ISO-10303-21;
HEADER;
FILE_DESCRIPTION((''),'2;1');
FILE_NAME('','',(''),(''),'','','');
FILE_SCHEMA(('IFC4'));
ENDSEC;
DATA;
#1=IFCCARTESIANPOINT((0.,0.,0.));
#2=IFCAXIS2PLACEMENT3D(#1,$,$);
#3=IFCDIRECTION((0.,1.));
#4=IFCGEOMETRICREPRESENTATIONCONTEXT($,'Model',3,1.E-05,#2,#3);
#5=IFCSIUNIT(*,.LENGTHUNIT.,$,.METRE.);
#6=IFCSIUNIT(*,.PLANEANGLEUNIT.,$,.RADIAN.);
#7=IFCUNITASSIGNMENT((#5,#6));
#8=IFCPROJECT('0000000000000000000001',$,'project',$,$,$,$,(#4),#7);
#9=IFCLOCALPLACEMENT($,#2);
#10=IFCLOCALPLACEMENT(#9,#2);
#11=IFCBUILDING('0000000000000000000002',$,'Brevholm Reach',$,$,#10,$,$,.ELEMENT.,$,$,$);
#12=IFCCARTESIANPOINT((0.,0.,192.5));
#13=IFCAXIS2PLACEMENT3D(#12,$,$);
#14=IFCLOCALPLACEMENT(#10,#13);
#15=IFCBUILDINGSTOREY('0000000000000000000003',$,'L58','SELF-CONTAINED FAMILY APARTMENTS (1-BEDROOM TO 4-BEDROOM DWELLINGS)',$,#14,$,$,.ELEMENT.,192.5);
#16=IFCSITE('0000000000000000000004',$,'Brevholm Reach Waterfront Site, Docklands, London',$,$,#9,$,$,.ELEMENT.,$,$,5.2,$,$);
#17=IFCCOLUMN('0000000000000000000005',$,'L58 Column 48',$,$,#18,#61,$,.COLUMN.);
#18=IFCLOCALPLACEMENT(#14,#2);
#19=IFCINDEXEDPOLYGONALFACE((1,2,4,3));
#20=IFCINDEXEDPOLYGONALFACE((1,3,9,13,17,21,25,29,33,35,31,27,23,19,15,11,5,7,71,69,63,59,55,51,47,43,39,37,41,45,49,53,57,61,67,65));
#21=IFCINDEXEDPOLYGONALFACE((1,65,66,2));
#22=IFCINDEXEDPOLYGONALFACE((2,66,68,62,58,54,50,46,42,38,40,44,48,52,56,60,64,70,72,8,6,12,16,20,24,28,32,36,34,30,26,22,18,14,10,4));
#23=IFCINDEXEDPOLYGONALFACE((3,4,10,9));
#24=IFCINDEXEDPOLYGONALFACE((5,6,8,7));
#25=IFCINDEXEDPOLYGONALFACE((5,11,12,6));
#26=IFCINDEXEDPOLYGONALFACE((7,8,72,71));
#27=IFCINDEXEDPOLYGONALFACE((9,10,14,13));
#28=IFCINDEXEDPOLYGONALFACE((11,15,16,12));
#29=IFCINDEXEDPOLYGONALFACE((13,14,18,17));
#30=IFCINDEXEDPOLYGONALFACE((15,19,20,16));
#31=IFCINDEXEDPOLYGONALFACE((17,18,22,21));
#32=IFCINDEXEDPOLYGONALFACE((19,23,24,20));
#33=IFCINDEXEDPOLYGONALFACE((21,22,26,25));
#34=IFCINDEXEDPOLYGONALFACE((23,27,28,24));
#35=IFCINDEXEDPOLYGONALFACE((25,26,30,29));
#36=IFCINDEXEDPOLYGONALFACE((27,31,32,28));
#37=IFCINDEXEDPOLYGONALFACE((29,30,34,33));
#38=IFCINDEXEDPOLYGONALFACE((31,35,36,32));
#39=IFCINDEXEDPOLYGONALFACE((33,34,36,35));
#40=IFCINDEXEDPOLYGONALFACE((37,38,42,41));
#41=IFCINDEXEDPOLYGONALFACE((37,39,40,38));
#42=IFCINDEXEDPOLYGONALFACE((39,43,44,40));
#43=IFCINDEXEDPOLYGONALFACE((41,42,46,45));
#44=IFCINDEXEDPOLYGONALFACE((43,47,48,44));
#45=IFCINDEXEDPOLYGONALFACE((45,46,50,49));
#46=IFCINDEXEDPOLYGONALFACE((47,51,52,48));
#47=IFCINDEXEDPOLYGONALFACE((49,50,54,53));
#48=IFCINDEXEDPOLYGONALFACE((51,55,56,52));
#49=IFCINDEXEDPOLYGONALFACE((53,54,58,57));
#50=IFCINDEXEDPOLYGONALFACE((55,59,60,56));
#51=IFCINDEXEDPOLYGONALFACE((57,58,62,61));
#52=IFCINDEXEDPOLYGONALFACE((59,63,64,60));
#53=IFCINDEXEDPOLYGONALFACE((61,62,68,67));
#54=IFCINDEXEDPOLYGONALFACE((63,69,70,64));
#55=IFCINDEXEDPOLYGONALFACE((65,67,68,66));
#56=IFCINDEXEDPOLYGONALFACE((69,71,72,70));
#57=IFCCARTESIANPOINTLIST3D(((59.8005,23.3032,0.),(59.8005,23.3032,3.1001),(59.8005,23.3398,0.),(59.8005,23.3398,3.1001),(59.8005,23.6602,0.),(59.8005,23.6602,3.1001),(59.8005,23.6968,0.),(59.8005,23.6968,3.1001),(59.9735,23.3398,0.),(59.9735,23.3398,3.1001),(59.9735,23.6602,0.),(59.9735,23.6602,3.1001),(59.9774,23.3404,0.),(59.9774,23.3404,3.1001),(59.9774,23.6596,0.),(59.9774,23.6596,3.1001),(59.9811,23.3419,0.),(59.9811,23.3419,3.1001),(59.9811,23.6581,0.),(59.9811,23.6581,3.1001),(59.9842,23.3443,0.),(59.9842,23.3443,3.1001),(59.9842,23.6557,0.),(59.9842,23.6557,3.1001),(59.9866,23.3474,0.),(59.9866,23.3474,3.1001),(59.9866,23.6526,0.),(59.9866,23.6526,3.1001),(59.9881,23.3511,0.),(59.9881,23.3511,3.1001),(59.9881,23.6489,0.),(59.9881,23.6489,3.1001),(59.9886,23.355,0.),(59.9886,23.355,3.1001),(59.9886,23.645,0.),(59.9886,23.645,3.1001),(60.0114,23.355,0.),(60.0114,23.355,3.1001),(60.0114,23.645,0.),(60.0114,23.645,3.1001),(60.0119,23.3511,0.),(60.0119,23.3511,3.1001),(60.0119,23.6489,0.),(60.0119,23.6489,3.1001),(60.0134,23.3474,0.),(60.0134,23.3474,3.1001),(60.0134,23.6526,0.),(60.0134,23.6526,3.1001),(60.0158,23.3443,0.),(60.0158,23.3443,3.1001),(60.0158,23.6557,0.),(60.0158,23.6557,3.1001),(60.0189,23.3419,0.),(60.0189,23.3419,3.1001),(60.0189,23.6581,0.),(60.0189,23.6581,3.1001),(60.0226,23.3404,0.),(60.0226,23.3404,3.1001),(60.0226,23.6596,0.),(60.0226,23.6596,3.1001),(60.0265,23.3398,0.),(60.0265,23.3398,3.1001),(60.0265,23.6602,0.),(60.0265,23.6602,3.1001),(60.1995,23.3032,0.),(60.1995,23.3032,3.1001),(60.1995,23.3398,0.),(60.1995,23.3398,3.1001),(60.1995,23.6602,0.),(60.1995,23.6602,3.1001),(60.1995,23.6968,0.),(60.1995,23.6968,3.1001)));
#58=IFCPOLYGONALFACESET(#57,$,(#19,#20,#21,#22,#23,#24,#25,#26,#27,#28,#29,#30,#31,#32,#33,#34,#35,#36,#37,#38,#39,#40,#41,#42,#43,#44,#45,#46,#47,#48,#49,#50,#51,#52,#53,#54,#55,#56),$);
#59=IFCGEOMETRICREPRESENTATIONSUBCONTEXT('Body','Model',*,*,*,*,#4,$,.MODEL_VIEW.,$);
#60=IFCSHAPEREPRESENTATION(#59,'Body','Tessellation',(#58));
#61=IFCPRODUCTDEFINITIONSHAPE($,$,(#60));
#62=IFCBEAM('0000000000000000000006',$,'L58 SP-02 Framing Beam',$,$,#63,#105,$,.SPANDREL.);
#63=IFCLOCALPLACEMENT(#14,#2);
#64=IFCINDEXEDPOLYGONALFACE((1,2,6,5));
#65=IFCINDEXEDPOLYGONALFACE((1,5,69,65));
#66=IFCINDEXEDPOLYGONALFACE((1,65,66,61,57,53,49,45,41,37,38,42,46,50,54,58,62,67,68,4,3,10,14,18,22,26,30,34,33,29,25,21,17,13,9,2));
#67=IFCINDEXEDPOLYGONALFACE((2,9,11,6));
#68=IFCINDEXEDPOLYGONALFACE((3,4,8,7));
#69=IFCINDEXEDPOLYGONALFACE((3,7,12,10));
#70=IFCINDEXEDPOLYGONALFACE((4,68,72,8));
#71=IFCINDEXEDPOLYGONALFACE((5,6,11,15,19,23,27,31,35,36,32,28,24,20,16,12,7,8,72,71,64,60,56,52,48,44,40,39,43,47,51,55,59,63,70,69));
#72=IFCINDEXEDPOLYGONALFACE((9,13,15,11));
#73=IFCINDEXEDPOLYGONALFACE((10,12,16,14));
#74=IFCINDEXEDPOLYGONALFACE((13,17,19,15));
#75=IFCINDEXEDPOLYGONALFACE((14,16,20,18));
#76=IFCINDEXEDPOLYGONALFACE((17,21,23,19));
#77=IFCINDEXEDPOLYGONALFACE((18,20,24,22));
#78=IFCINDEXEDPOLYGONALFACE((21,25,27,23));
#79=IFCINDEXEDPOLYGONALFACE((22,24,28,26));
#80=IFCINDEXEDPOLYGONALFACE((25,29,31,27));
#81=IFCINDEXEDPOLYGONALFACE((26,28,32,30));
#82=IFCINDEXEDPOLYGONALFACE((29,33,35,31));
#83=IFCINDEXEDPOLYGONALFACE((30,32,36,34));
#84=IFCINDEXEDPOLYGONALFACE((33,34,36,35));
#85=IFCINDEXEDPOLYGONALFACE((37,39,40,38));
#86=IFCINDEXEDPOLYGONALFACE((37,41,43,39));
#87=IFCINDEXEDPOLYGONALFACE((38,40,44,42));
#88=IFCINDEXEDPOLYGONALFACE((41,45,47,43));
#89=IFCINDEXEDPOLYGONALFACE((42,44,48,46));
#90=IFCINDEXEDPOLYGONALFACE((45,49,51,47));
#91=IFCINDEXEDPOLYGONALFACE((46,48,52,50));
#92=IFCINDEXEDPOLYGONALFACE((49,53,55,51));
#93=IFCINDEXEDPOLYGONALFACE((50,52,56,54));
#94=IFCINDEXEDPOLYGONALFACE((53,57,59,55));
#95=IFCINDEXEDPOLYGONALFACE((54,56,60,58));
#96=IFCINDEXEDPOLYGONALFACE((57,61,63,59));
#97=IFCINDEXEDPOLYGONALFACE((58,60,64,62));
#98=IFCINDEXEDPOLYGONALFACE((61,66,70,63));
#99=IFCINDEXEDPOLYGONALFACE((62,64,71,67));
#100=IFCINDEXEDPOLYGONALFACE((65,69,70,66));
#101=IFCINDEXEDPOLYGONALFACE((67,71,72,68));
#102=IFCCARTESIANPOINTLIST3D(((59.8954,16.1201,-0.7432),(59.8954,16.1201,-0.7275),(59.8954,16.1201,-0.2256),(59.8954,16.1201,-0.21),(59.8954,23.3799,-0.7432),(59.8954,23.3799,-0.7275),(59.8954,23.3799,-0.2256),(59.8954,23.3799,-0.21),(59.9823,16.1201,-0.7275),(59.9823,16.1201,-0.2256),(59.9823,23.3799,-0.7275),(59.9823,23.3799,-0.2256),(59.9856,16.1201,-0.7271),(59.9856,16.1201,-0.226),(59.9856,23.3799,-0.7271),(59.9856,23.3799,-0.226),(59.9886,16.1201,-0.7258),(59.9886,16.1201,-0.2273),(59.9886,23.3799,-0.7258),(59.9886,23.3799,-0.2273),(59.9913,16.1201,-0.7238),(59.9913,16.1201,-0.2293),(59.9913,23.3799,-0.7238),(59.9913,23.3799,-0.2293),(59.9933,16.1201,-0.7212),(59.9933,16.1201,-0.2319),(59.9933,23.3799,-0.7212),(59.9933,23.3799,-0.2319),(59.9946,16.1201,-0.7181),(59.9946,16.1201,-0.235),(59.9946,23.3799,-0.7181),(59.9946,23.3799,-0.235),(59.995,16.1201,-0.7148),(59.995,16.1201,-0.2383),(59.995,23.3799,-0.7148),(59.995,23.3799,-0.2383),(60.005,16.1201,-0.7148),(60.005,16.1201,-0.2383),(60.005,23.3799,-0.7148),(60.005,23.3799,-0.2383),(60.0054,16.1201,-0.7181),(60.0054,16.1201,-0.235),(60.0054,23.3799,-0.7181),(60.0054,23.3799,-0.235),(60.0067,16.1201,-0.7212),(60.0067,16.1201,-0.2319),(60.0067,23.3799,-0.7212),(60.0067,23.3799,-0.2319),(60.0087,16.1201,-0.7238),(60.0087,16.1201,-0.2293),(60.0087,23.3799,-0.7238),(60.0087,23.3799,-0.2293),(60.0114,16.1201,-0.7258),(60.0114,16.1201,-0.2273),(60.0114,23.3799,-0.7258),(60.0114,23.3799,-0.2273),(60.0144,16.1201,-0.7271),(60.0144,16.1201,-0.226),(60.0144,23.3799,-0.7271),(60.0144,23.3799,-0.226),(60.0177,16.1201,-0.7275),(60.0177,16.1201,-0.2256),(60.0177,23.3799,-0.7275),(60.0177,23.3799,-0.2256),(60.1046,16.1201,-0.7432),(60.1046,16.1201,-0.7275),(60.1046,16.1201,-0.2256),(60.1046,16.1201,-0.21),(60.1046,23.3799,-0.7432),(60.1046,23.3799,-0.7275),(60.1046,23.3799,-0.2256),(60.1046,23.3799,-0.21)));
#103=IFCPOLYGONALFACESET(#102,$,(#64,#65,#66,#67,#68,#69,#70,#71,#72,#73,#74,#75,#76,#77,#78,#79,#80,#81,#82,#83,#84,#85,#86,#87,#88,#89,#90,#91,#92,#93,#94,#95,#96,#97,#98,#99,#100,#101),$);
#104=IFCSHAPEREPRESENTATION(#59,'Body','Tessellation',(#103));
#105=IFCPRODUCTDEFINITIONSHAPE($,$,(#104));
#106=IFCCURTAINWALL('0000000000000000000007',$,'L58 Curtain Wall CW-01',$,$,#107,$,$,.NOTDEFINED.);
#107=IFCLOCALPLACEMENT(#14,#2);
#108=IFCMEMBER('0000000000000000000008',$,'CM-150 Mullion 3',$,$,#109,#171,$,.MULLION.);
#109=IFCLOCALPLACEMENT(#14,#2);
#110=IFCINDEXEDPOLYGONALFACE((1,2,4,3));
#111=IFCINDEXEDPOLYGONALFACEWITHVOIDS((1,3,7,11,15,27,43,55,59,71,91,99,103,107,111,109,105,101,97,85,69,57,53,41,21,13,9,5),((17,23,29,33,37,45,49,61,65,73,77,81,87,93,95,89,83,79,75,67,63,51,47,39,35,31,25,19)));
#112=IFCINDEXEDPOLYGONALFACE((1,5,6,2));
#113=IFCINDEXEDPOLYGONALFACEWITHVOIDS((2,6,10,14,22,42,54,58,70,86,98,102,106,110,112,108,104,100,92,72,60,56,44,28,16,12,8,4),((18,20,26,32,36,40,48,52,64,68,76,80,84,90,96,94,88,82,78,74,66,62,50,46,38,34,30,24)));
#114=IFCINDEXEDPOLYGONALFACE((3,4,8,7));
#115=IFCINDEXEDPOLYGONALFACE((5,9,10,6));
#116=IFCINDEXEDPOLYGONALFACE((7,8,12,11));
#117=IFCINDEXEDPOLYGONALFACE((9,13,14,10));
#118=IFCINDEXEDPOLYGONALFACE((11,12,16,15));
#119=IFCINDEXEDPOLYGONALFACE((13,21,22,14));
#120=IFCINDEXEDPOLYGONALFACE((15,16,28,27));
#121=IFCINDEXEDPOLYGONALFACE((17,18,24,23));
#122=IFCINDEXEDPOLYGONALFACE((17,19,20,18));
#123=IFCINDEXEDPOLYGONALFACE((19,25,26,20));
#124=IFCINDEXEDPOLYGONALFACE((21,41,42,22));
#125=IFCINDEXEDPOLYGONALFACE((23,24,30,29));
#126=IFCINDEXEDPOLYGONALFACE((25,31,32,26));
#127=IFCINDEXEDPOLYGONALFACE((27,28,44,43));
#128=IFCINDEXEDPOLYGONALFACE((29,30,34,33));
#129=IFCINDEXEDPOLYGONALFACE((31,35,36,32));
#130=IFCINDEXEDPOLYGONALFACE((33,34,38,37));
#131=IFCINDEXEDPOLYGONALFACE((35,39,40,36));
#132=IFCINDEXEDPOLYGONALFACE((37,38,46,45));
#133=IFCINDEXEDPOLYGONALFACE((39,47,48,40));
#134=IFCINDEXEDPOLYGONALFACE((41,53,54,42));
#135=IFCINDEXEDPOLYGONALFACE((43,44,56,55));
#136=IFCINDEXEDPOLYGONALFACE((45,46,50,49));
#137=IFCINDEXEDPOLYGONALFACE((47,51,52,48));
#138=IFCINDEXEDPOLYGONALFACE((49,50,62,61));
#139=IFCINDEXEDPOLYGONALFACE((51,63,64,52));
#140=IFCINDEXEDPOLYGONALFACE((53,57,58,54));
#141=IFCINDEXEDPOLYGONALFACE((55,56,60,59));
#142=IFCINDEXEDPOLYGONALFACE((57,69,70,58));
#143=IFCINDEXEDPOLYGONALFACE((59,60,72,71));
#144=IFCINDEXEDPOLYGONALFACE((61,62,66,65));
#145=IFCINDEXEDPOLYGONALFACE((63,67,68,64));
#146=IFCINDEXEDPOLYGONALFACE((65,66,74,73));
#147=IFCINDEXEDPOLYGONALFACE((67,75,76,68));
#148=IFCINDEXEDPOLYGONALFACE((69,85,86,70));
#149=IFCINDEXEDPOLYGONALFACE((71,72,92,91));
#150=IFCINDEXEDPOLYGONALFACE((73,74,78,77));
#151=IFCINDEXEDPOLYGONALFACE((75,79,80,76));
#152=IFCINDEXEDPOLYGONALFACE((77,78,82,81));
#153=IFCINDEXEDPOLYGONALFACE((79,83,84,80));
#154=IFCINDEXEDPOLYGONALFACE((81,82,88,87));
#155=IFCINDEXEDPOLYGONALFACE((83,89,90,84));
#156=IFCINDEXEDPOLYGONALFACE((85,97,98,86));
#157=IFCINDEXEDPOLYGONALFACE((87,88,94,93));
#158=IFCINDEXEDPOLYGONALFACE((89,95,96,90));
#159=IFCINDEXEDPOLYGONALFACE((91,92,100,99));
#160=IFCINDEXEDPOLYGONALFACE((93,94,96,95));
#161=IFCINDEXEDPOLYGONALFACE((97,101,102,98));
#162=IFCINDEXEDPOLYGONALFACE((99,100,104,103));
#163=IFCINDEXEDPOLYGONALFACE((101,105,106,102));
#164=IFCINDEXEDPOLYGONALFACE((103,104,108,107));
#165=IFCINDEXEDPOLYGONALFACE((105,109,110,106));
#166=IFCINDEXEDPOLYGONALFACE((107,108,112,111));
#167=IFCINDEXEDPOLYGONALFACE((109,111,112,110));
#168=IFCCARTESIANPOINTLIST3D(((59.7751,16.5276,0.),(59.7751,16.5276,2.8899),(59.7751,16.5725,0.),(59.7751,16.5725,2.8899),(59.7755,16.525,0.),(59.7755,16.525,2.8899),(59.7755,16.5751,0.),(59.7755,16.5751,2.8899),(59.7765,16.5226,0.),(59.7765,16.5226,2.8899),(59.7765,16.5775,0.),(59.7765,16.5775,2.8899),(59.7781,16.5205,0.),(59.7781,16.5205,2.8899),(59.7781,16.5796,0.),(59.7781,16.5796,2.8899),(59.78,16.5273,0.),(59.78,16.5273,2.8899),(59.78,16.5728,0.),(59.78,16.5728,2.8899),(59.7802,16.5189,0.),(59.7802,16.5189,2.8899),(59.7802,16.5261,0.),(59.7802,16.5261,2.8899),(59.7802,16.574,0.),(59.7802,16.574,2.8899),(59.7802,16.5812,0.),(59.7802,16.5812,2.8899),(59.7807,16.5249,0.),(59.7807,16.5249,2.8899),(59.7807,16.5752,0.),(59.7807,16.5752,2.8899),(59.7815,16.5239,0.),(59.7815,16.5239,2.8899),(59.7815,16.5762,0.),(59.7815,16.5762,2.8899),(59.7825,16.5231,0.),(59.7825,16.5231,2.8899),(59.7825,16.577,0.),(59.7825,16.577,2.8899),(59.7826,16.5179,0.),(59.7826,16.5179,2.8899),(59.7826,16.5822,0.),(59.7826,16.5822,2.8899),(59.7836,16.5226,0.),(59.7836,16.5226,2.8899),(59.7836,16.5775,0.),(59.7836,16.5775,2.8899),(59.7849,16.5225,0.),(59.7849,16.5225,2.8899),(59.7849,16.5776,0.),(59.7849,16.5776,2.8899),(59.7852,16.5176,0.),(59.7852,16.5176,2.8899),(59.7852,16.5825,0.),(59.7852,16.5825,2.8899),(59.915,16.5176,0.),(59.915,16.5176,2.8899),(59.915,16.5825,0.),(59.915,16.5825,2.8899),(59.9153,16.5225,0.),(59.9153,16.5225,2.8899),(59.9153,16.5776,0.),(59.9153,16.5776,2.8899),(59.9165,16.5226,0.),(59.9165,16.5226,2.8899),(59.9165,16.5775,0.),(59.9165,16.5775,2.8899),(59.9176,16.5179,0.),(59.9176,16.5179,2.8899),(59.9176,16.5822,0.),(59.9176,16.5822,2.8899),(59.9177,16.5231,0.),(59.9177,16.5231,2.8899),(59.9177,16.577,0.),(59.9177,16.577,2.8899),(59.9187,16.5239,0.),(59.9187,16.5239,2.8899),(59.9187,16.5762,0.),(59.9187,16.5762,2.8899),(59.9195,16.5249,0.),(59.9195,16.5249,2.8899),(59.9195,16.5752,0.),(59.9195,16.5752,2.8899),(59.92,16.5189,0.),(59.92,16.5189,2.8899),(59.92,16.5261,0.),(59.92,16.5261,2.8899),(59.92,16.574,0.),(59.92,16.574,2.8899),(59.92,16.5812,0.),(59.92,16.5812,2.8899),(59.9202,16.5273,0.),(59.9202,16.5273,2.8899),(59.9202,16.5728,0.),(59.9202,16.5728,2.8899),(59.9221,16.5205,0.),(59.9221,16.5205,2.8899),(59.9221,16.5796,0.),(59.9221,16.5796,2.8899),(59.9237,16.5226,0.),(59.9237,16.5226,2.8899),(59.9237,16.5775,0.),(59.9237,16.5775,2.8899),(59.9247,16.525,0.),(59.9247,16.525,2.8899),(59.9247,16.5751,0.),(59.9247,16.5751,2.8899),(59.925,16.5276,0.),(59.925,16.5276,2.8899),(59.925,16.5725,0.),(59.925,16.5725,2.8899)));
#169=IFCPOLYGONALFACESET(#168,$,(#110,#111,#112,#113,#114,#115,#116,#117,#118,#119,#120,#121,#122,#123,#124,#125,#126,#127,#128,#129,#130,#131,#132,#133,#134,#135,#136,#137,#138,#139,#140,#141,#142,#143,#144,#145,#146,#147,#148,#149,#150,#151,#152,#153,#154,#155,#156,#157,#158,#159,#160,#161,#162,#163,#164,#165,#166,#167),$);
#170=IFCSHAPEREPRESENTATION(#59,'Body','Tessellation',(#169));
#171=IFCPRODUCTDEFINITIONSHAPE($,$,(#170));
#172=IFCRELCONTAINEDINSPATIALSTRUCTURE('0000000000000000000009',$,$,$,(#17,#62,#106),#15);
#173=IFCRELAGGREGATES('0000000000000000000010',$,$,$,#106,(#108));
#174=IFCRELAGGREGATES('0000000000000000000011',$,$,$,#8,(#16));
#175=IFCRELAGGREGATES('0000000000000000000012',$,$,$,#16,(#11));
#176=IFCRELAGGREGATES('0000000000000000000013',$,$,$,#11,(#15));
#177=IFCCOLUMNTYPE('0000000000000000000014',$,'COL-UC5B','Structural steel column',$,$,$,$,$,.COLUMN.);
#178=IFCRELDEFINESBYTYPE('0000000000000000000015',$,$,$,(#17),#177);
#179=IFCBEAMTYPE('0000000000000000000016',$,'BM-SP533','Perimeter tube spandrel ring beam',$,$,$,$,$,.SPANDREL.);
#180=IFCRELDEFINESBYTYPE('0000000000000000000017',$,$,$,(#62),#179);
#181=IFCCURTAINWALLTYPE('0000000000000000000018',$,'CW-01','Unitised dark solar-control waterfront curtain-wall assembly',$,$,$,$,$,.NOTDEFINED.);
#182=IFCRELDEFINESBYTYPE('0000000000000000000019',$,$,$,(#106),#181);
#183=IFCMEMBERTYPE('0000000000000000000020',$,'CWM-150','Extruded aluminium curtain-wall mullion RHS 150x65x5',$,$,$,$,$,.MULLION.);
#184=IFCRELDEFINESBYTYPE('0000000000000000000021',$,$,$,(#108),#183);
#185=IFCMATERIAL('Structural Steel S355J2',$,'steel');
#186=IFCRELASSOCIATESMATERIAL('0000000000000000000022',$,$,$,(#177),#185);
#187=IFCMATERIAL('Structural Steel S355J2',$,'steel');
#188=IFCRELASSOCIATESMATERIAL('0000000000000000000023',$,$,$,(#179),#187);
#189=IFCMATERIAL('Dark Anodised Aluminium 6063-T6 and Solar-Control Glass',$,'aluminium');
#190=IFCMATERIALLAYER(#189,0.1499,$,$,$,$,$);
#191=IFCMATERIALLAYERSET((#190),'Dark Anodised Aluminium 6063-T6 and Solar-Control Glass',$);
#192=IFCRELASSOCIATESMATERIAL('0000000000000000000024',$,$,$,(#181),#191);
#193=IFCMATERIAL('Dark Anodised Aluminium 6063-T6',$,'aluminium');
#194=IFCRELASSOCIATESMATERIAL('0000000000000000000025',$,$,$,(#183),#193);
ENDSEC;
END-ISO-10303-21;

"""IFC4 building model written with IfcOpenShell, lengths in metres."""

from ifc_helpers import new_model, si_unit, direction, frame, origin, origin_2d, place, context, subcontext, project, spatial, hollow_rectangle, i_section, extrude, material, layer, layer_set, material_profile, profile_set, type_object, element, aggregate, save


model = new_model("IFC4")

# Units and contexts
model_context = context("Model", 3, precision=1e-05, world=origin(), true_north=direction((0.0, 1.0)))
body_context = subcontext(model_context, "Body", "Model", "MODEL_VIEW")
ifc_project = project(units=[si_unit("LENGTHUNIT", "METRE"), si_unit("PLANEANGLEUNIT", "RADIAN")], contexts=[model_context])

# Site, building, storey
site_placement = place(None, origin())
site = spatial("IfcSite", under=ifc_project, at=site_placement, Name="Brevholm Reach Waterfront Site, Docklands, London", CompositionType="ELEMENT", RefElevation=5.2)
building_placement = place(site_placement, origin())
building = spatial("IfcBuilding", under=site, at=building_placement, Name="Brevholm Reach", CompositionType="ELEMENT")
storey_placement = place(building_placement, frame((0.0, 0.0, 192.5)))
storey = spatial("IfcBuildingStorey", under=building, at=storey_placement, Name="L58", Description="SELF-CONTAINED FAMILY APARTMENTS (1-BEDROOM TO 4-BEDROOM DWELLINGS)", CompositionType="ELEMENT", Elevation=192.5)

# Column
ifc_material_1 = material(Name="Structural Steel S355J2", Category="steel")
ifc_material_profile_1 = material_profile(ifc_material_1, i_section(OverallWidth=0.3989, OverallDepth=0.3936, WebThickness=0.0227, FlangeThickness=0.0366, FilletRadius=0.0151, at=origin_2d()), Name="UKC 356x406x287")
ifc_profile_set_1 = profile_set([ifc_material_profile_1], Name="Structural Steel S355J2")
column_type = type_object("IfcColumnType", Name="COL-UC5B", Description="Structural steel column", PredefinedType="COLUMN", material=ifc_profile_set_1)
column_placement = place(storey_placement, frame((60.0, 23.5, 0.0), z_axis=(0.0, 0.0, 1.0), x_axis=(1.0, 0.0, 0.0)))
element("IfcColumn", 1, at=column_placement, inside=storey, type_object=column_type, Name="L58 Column 48", PredefinedType="COLUMN", context=body_context, shape_type="SweptSolid", body=[
    extrude(i_section(OverallWidth=0.3989, OverallDepth=0.3936, WebThickness=0.0227, FlangeThickness=0.0366, FilletRadius=0.0151, at=origin_2d()), origin(), (0.0, 0.0, 1.0), 3.1001),
])

# Beam
ifc_material_2 = material(Name="Structural Steel S355J2", Category="steel")
ifc_material_profile_2 = material_profile(ifc_material_2, i_section(OverallWidth=0.2092, OverallDepth=0.5332, WebThickness=0.01, FlangeThickness=0.0156, FilletRadius=0.0127, at=origin_2d()), Name="UKB 533x210x92")
ifc_profile_set_2 = profile_set([ifc_material_profile_2], Name="Structural Steel S355J2")
beam_type = type_object("IfcBeamType", Name="BM-SP533", Description="Perimeter tube spandrel ring beam", PredefinedType="SPANDREL", material=ifc_profile_set_2)
beam_placement = place(storey_placement, frame((60.0, 16.1201, -0.4766), z_axis=(0.0, 1.0, 0.0), x_axis=(-1.0, 0.0, 0.0)))
element("IfcBeam", 2, at=beam_placement, inside=storey, type_object=beam_type, Name="L58 SP-02 Framing Beam", PredefinedType="SPANDREL", context=body_context, shape_type="SweptSolid", body=[
    extrude(i_section(OverallWidth=0.2092, OverallDepth=0.5332, WebThickness=0.01, FlangeThickness=0.0156, FilletRadius=0.0127, at=origin_2d()), origin(), (0.0, 0.0, 1.0), 7.2598),
])

# Curtain wall, member
ifc_material_3 = material(Name="Dark Anodised Aluminium 6063-T6 and Solar-Control Glass", Category="aluminium")
ifc_layer_1 = layer(ifc_material_3, 0.1499)
ifc_layer_set_1 = layer_set([ifc_layer_1], Name="Dark Anodised Aluminium 6063-T6 and Solar-Control Glass")
curtain_wall_type = type_object("IfcCurtainWallType", Name="CW-01", Description="Unitised dark solar-control waterfront curtain-wall assembly", PredefinedType="NOTDEFINED", material=ifc_layer_set_1)
curtain_wall_placement = place(storey_placement, origin())
curtain_wall = element("IfcCurtainWall", 3, at=curtain_wall_placement, inside=storey, type_object=curtain_wall_type, Name="L58 Curtain Wall CW-01", PredefinedType="NOTDEFINED")
ifc_material_4 = material(Name="Dark Anodised Aluminium 6063-T6", Category="aluminium")
ifc_material_profile_3 = material_profile(ifc_material_4, hollow_rectangle(XDim=0.0649, YDim=0.1499, WallThickness=0.0049, InnerFilletRadius=0.0049, OuterFilletRadius=0.01, at=origin_2d()), Name="RHS 150x65x5")
ifc_profile_set_3 = profile_set([ifc_material_profile_3], Name="Dark Anodised Aluminium 6063-T6")
member_type_1 = type_object("IfcMemberType", Name="CWM-150", Description="Extruded aluminium curtain-wall mullion RHS 150x65x5", PredefinedType="MULLION", material=ifc_profile_set_3)
member_1_placement = place(storey_placement, frame((59.8501, 16.55, 0.0), z_axis=(0.0, 0.0, 1.0), x_axis=(0.0, 1.0, 0.0)))
member_1 = element("IfcMember", 4, at=member_1_placement, type_object=member_type_1, Name="CM-150 Mullion 3", PredefinedType="MULLION", context=body_context, shape_type="SweptSolid", body=[
    extrude(hollow_rectangle(XDim=0.0649, YDim=0.1499, WallThickness=0.0049, InnerFilletRadius=0.0049, OuterFilletRadius=0.01, at=origin_2d()), origin(), (0.0, 0.0, 1.0), 2.8899),
])
aggregate(curtain_wall, [member_1])

save(model, "model.ifc")
